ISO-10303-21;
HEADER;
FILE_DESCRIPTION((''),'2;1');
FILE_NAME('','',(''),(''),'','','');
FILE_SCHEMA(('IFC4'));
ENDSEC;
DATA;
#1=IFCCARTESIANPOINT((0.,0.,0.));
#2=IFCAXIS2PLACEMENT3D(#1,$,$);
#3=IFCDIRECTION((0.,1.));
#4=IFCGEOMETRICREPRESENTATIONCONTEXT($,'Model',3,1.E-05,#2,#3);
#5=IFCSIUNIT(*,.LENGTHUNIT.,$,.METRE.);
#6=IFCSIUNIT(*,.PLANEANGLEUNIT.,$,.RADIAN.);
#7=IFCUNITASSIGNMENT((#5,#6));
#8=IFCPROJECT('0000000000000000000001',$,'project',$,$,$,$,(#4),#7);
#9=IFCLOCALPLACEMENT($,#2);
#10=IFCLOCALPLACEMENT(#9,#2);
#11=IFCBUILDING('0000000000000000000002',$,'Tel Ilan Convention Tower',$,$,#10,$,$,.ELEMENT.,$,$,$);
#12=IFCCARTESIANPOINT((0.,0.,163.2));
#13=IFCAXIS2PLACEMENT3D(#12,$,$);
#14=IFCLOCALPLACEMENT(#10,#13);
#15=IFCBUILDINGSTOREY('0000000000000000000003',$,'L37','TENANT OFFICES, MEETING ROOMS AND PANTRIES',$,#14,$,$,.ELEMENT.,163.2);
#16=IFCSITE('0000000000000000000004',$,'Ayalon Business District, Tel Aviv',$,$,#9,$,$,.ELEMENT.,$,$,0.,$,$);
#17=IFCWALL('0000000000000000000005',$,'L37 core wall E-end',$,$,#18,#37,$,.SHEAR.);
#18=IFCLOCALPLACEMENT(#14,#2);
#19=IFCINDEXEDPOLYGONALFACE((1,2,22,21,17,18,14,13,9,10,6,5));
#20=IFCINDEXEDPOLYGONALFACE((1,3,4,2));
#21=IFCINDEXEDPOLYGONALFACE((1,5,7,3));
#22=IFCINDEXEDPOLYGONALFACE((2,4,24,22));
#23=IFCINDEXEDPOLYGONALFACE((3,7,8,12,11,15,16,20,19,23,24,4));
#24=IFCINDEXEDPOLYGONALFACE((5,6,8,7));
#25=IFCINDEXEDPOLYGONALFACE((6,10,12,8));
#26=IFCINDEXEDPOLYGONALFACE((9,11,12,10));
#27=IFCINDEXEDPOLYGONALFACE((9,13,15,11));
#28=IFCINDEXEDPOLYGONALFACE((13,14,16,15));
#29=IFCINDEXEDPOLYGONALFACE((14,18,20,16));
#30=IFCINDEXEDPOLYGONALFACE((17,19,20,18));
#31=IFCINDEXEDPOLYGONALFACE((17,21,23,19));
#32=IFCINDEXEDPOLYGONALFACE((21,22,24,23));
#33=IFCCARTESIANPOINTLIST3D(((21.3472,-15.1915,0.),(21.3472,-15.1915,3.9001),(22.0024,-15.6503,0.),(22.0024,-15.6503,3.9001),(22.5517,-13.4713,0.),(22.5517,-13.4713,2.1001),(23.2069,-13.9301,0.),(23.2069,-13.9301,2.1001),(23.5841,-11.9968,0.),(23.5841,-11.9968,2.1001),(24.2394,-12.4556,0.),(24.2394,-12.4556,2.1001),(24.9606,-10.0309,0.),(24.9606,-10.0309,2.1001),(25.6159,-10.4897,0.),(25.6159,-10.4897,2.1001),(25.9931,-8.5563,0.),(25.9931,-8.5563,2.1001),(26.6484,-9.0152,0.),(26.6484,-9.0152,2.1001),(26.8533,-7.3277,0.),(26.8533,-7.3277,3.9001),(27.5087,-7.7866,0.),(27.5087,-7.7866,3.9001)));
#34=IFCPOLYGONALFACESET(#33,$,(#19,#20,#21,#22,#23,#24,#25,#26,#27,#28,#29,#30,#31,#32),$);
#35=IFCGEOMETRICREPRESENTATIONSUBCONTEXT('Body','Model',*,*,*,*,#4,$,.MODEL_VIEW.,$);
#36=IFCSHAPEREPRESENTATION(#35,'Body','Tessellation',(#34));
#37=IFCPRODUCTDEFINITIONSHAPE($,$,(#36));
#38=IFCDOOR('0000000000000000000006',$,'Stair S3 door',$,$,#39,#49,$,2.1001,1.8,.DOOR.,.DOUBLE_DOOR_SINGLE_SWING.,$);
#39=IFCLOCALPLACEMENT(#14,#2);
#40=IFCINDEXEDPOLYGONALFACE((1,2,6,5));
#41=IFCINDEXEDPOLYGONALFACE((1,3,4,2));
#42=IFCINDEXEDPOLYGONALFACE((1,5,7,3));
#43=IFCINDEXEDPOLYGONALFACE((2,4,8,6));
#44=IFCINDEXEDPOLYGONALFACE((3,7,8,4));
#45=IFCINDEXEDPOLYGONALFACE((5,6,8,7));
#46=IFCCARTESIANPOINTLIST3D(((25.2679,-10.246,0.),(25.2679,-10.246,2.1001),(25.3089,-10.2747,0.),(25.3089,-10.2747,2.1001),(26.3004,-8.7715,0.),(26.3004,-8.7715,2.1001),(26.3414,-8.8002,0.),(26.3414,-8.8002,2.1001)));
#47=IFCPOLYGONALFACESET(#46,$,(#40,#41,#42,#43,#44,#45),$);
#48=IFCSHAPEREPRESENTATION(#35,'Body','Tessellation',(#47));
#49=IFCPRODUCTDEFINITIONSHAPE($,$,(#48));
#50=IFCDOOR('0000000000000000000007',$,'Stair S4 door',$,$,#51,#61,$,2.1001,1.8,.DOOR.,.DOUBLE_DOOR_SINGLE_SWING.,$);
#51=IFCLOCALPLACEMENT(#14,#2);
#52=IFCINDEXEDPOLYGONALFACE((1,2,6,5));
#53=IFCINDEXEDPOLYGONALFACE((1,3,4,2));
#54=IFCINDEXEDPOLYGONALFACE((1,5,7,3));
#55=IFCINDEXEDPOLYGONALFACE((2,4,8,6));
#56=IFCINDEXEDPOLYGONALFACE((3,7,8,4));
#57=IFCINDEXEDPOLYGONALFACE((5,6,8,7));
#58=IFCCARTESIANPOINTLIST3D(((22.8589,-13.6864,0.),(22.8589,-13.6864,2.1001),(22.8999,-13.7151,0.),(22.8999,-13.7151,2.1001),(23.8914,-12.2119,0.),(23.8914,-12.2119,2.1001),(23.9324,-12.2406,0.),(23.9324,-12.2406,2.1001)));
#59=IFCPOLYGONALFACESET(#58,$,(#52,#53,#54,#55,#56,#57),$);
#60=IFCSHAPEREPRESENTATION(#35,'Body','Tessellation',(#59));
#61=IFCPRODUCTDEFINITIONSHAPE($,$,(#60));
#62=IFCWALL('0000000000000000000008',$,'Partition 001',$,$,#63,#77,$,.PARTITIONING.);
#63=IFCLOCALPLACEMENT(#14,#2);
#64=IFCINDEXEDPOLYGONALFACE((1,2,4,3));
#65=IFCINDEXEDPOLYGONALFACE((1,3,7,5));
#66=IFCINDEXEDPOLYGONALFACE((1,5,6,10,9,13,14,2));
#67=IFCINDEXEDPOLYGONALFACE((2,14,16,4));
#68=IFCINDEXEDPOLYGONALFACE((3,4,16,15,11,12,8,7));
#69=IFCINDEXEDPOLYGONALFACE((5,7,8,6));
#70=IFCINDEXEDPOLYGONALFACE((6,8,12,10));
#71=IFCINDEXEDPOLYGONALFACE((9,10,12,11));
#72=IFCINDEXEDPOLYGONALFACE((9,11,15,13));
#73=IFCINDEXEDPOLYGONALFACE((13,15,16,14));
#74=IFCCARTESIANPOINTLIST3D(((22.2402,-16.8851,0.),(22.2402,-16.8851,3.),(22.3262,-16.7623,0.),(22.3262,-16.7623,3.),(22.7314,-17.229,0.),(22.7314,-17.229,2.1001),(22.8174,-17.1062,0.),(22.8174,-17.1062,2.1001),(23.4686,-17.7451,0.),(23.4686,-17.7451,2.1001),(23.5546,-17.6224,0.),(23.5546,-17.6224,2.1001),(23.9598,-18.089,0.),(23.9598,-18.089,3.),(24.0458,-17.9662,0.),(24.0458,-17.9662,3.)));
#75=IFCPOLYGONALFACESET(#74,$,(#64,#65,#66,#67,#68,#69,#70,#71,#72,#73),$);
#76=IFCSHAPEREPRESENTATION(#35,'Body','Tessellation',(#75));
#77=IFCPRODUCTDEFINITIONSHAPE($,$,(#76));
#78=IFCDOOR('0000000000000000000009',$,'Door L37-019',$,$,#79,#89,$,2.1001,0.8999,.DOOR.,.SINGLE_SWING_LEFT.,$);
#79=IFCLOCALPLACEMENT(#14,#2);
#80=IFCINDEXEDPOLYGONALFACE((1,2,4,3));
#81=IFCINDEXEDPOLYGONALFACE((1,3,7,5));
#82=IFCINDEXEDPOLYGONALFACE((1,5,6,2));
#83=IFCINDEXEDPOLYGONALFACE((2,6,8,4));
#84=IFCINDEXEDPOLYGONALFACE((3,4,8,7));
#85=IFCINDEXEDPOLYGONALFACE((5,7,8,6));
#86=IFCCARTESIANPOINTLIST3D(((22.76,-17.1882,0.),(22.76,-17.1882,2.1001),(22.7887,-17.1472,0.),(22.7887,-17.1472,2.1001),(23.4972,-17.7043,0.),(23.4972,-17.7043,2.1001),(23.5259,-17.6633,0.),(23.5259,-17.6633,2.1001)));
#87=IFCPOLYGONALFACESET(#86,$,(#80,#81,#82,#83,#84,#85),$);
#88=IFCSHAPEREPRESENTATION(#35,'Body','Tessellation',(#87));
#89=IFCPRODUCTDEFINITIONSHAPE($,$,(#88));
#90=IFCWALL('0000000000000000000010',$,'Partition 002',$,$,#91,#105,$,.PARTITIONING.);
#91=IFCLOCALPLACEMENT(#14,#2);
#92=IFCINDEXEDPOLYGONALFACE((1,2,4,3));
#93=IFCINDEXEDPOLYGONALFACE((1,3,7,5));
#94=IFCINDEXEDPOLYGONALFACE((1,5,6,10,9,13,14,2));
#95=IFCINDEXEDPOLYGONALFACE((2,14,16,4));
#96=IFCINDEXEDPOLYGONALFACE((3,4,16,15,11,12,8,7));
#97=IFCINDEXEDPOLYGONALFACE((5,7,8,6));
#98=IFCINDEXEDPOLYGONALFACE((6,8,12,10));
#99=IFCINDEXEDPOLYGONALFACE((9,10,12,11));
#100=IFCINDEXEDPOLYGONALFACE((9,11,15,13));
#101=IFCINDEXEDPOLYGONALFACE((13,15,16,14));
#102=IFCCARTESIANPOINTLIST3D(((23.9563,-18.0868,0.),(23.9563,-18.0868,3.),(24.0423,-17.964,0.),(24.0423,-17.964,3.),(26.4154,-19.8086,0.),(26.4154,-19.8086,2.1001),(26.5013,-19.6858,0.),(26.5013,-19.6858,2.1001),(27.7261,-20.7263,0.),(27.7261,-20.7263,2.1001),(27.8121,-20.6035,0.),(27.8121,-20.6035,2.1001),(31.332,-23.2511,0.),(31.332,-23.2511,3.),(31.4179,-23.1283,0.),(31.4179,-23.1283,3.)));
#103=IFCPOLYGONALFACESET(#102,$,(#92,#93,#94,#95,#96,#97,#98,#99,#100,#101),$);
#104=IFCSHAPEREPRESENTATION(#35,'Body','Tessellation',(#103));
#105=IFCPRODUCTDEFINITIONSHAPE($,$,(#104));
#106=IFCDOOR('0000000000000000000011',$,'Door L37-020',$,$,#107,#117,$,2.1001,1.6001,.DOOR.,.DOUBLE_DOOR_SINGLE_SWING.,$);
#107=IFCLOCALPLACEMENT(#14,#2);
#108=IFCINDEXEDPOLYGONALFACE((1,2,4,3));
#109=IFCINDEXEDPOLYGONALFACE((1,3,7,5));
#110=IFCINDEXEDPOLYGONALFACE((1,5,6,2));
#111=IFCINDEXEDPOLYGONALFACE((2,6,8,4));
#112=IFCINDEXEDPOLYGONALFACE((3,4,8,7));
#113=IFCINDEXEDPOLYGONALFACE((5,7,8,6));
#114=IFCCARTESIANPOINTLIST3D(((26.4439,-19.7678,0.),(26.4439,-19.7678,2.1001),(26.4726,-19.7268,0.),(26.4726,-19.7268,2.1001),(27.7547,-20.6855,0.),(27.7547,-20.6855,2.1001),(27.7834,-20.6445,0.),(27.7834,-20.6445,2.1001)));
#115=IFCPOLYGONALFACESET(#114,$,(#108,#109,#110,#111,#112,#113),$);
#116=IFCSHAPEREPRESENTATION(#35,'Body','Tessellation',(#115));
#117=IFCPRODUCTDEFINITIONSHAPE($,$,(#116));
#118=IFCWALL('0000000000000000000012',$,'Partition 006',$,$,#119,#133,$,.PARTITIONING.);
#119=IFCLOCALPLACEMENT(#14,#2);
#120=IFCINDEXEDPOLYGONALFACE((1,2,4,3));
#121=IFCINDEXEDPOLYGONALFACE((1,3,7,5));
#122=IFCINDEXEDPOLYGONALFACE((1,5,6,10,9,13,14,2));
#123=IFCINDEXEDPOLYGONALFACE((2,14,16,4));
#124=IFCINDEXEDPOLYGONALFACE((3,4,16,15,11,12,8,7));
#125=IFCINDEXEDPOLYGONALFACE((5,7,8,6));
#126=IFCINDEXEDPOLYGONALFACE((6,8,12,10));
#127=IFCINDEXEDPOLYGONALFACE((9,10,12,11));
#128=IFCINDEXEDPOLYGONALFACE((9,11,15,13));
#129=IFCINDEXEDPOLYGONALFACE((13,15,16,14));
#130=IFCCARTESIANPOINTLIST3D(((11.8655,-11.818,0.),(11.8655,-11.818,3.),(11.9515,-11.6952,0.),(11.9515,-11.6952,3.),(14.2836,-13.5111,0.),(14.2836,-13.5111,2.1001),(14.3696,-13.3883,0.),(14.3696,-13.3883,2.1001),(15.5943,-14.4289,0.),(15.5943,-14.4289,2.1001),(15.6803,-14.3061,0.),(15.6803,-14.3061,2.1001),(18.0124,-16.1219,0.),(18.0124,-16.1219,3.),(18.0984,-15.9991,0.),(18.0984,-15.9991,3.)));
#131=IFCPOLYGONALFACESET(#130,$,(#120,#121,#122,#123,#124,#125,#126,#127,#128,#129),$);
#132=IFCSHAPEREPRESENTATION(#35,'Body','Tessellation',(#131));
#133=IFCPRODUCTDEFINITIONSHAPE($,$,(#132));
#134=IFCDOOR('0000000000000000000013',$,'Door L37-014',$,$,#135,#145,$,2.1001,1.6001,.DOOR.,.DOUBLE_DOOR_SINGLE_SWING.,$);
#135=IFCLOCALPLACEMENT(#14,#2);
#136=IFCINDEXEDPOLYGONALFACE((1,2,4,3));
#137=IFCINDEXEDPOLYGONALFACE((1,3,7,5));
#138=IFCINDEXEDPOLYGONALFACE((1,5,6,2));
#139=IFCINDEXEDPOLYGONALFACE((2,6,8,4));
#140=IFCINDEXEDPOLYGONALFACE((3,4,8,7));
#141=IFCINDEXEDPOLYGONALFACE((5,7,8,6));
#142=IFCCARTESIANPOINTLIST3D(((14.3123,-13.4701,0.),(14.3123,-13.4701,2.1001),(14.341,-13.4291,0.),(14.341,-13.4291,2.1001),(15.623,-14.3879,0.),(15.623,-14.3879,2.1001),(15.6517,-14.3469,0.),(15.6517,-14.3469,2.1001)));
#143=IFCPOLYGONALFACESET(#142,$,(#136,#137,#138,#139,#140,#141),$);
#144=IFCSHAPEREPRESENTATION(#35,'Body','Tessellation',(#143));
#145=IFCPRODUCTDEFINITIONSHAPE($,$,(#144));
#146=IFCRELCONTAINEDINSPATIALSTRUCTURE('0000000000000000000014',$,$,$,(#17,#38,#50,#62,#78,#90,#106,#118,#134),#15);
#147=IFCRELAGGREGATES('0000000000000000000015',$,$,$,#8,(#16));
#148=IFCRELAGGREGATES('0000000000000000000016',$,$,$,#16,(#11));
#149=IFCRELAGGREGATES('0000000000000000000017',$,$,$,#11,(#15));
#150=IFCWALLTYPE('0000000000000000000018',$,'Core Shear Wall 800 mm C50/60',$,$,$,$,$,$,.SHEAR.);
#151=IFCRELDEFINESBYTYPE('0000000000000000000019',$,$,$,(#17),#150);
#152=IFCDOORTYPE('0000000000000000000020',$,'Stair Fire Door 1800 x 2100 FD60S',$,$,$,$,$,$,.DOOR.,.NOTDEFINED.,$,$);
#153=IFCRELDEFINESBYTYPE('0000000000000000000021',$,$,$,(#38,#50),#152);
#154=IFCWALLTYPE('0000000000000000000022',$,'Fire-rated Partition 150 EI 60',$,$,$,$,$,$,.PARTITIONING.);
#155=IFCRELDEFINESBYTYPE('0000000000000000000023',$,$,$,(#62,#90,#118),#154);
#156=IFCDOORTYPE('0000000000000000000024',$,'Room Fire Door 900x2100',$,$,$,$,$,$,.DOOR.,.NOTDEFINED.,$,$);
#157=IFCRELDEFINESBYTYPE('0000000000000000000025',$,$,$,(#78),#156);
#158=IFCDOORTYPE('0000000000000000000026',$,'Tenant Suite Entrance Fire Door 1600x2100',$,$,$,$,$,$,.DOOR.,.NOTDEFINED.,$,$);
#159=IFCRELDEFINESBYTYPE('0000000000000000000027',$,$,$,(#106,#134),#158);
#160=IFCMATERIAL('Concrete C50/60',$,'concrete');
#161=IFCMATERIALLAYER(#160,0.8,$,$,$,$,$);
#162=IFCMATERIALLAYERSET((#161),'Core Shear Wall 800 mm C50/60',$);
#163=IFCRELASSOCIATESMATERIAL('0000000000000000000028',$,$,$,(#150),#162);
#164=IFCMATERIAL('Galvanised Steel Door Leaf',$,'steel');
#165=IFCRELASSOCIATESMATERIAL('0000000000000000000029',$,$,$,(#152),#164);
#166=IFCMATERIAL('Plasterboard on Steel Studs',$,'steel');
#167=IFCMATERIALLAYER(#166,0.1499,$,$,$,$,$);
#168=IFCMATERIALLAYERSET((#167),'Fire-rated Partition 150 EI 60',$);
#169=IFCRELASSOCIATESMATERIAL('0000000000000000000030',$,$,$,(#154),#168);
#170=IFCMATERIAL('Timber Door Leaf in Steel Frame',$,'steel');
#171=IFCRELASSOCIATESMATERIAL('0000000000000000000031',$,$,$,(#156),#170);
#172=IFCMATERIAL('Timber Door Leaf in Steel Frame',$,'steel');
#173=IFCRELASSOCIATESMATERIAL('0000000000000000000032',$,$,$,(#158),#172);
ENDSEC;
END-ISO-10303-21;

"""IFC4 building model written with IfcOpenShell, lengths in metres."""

from ifc_helpers import new_model, si_unit, direction, frame, frame_2d, origin, place, context, subcontext, project, spatial, polyline, rectangle, outline, extrude, material, layer, layer_set, type_object, element, fill, save


model = new_model("IFC4")

# Units and contexts
model_context = context("Model", 3, precision=1e-05, world=origin(), true_north=direction((0.0, 1.0)))
body_context = subcontext(model_context, "Body", "Model", "MODEL_VIEW")
ifc_project = project(units=[si_unit("LENGTHUNIT", "METRE"), si_unit("PLANEANGLEUNIT", "RADIAN")], contexts=[model_context])

# Site, building, storey
site_placement = place(None, origin())
site = spatial("IfcSite", under=ifc_project, at=site_placement, Name="Ayalon Business District, Tel Aviv", CompositionType="ELEMENT", RefElevation=0.0)
building_placement = place(site_placement, origin())
building = spatial("IfcBuilding", under=site, at=building_placement, Name="Tel Ilan Convention Tower", CompositionType="ELEMENT")
storey_placement = place(building_placement, frame((0.0, 0.0, 163.2)))
storey = spatial("IfcBuildingStorey", under=building, at=storey_placement, Name="L37", Description="TENANT OFFICES, MEETING ROOMS AND PANTRIES", CompositionType="ELEMENT", Elevation=163.2)

# Wall, openings, doors
ifc_material_1 = material(Name="Concrete C50/60", Category="concrete")
ifc_layer_1 = layer(ifc_material_1, 0.8)
ifc_layer_set_1 = layer_set([ifc_layer_1], Name="Core Shear Wall 800 mm C50/60")
wall_type_1 = type_object("IfcWallType", Name="Core Shear Wall 800 mm C50/60", PredefinedType="SHEAR", material=ifc_layer_set_1)
wall_1_placement = place(storey_placement, frame((21.6748, -15.4209, 0.0), z_axis=(0.0, 0.0, 1.0), x_axis=(0.573582, 0.819148, 0.0)))
wall_1 = element("IfcWall", 1, at=wall_1_placement, inside=storey, type_object=wall_type_1, Name="L37 core wall E-end", PredefinedType="SHEAR", context=body_context, shape_type="SweptSolid", body=[
    extrude(outline(polyline([(9.5999, 0.4001), (0.0, 0.3999), (0.0, -0.3999), (9.5999, -0.3999), (9.5999, 0.4001)])), origin(), (0.0, 0.0, 1.0), 3.9001),
])
opening_1_placement = place(wall_1_placement, frame((6.3, 0.0, 0.0)))
opening_1 = element("IfcOpeningElement", 2, at=opening_1_placement, cuts=wall_1, PredefinedType="OPENING", context=body_context, shape_type="SweptSolid", body=[
    extrude(rectangle(XDim=1.8, YDim=2.1001, at=frame_2d((0.8999, 1.05))), frame((0.0, 0.4099, 0.0), z_axis=(0.0, -1.0, 0.0), x_axis=(1.0, 0.0, 0.0)), (0.0, 0.0, 1.0), 0.8201),
])
opening_2_placement = place(wall_1_placement, frame((2.1001, 0.0, 0.0)))
opening_2 = element("IfcOpeningElement", 3, at=opening_2_placement, cuts=wall_1, PredefinedType="OPENING", context=body_context, shape_type="SweptSolid", body=[
    extrude(rectangle(XDim=1.8, YDim=2.1001, at=frame_2d((0.8999, 1.05))), frame((0.0, 0.4099, 0.0), z_axis=(0.0, -1.0, 0.0), x_axis=(1.0, 0.0, 0.0)), (0.0, 0.0, 1.0), 0.8201),
])
ifc_material_2 = material(Name="Galvanised Steel Door Leaf", Category="steel")
door_type_1 = type_object("IfcDoorType", Name="Stair Fire Door 1800 x 2100 FD60S", OperationType="NOTDEFINED", PredefinedType="DOOR", material=ifc_material_2)
door_1_placement = place(opening_1_placement, origin())
door_1 = element("IfcDoor", 4, at=door_1_placement, inside=storey, type_object=door_type_1, Name="Stair S3 door", OperationType="DOUBLE_DOOR_SINGLE_SWING", OverallHeight=2.1001, OverallWidth=1.8, PredefinedType="DOOR", context=body_context, shape_type="SweptSolid", body=[
    extrude(rectangle(XDim=1.8, YDim=2.1001, at=frame_2d((0.8999, 1.05))), frame((0.0, 0.0249, 0.0), z_axis=(0.0, -1.0, 0.0), x_axis=(1.0, 0.0, 0.0)), (0.0, 0.0, 1.0), 0.05),
])
fill(opening_1, door_1)
door_2_placement = place(opening_2_placement, origin())
door_2 = element("IfcDoor", 5, at=door_2_placement, inside=storey, type_object=door_type_1, Name="Stair S4 door", OperationType="DOUBLE_DOOR_SINGLE_SWING", OverallHeight=2.1001, OverallWidth=1.8, PredefinedType="DOOR", context=body_context, shape_type="SweptSolid", body=[
    extrude(rectangle(XDim=1.8, YDim=2.1001, at=frame_2d((0.8999, 1.05))), frame((0.0, 0.0249, 0.0), z_axis=(0.0, -1.0, 0.0), x_axis=(1.0, 0.0, 0.0)), (0.0, 0.0, 1.0), 0.05),
])
fill(opening_2, door_2)

# Walls, openings, doors
ifc_material_3 = material(Name="Plasterboard on Steel Studs", Category="steel")
ifc_layer_2 = layer(ifc_material_3, 0.1499)
ifc_layer_set_2 = layer_set([ifc_layer_2], Name="Fire-rated Partition 150 EI 60")
wall_type_2 = type_object("IfcWallType", Name="Fire-rated Partition 150 EI 60", PredefinedType="PARTITIONING", material=ifc_layer_set_2)
wall_2_placement = place(storey_placement, frame((22.2832, -16.8237, 0.0), z_axis=(0.0, 0.0, 1.0), x_axis=(0.819183, -0.573533, 0.0)))
wall_2 = element("IfcWall", 6, at=wall_2_placement, inside=storey, type_object=wall_type_2, Name="Partition 001", PredefinedType="PARTITIONING", context=body_context, shape_type="SweptSolid", body=[
    extrude(rectangle(XDim=2.0991, YDim=0.1499, at=frame_2d((1.0496, 0.0))), origin(), (0.0, 0.0, 1.0), 3.0),
])
opening_3_placement = place(wall_2_placement, frame((0.5996, 0.0, 0.0)))
opening_3 = element("IfcOpeningElement", 7, at=opening_3_placement, cuts=wall_2, PredefinedType="OPENING", context=body_context, shape_type="SweptSolid", body=[
    extrude(rectangle(XDim=0.8999, YDim=2.1001, at=frame_2d((0.45, 1.05))), frame((0.0, 0.085, 0.0), z_axis=(0.0, -1.0, 0.0), x_axis=(1.0, 0.0, 0.0)), (0.0, 0.0, 1.0), 0.1699),
])
ifc_material_4 = material(Name="Timber Door Leaf in Steel Frame", Category="steel")
door_type_2 = type_object("IfcDoorType", Name="Room Fire Door 900x2100", OperationType="NOTDEFINED", PredefinedType="DOOR", material=ifc_material_4)
door_3_placement = place(opening_3_placement, origin())
door_3 = element("IfcDoor", 8, at=door_3_placement, inside=storey, type_object=door_type_2, Name="Door L37-019", OperationType="SINGLE_SWING_LEFT", OverallHeight=2.1001, OverallWidth=0.8999, PredefinedType="DOOR", context=body_context, shape_type="SweptSolid", body=[
    extrude(rectangle(XDim=0.8999, YDim=2.1001, at=frame_2d((0.45, 1.05))), frame((0.0, 0.0249, 0.0), z_axis=(0.0, -1.0, 0.0), x_axis=(1.0, 0.0, 0.0)), (0.0, 0.0, 1.0), 0.05),
])
fill(opening_3, door_3)
wall_3_placement = place(storey_placement, frame((23.9993, -18.0254, 0.0), z_axis=(0.0, 0.0, 1.0), x_axis=(0.819164, -0.573559, 0.0)))
wall_3 = element("IfcWall", 9, at=wall_3_placement, inside=storey, type_object=wall_type_2, Name="Partition 002", PredefinedType="PARTITIONING", context=body_context, shape_type="SweptSolid", body=[
    extrude(rectangle(XDim=9.0039, YDim=0.1499, at=frame_2d((4.502, 0.0))), origin(), (0.0, 0.0, 1.0), 3.0),
])
opening_4_placement = place(wall_3_placement, frame((3.002, 0.0, 0.0)))
opening_4 = element("IfcOpeningElement", 10, at=opening_4_placement, cuts=wall_3, PredefinedType="OPENING", context=body_context, shape_type="SweptSolid", body=[
    extrude(rectangle(XDim=1.6001, YDim=2.1001, at=frame_2d((0.8, 1.05))), frame((0.0, 0.085, 0.0), z_axis=(0.0, -1.0, 0.0), x_axis=(1.0, 0.0, 0.0)), (0.0, 0.0, 1.0), 0.1699),
])
ifc_material_5 = material(Name="Timber Door Leaf in Steel Frame", Category="steel")
door_type_3 = type_object("IfcDoorType", Name="Tenant Suite Entrance Fire Door 1600x2100", OperationType="NOTDEFINED", PredefinedType="DOOR", material=ifc_material_5)
door_4_placement = place(opening_4_placement, origin())
door_4 = element("IfcDoor", 11, at=door_4_placement, inside=storey, type_object=door_type_3, Name="Door L37-020", OperationType="DOUBLE_DOOR_SINGLE_SWING", OverallHeight=2.1001, OverallWidth=1.6001, PredefinedType="DOOR", context=body_context, shape_type="SweptSolid", body=[
    extrude(rectangle(XDim=1.6001, YDim=2.1001, at=frame_2d((0.8, 1.05))), frame((0.0, 0.0249, 0.0), z_axis=(0.0, -1.0, 0.0), x_axis=(1.0, 0.0, 0.0)), (0.0, 0.0, 1.0), 0.05),
])
fill(opening_4, door_4)
wall_4_placement = place(storey_placement, frame((18.0554, -16.0605, 0.0), z_axis=(0.0, 0.0, 1.0), x_axis=(-0.819165, 0.573558, 0.0)))
wall_4 = element("IfcWall", 12, at=wall_4_placement, inside=storey, type_object=wall_type_2, Name="Partition 006", PredefinedType="PARTITIONING", context=body_context, shape_type="SweptSolid", body=[
    extrude(rectangle(XDim=7.5039, YDim=0.1499, at=frame_2d((3.752, 0.0))), origin(), (0.0, 0.0, 1.0), 3.0),
])
opening_5_placement = place(wall_4_placement, frame((2.9519, 0.0, 0.0)))
opening_5 = element("IfcOpeningElement", 13, at=opening_5_placement, cuts=wall_4, PredefinedType="OPENING", context=body_context, shape_type="SweptSolid", body=[
    extrude(rectangle(XDim=1.6001, YDim=2.1001, at=frame_2d((0.8, 1.05))), frame((0.0, 0.085, 0.0), z_axis=(0.0, -1.0, 0.0), x_axis=(1.0, 0.0, 0.0)), (0.0, 0.0, 1.0), 0.1699),
])
door_5_placement = place(opening_5_placement, origin())
door_5 = element("IfcDoor", 14, at=door_5_placement, inside=storey, type_object=door_type_3, Name="Door L37-014", OperationType="DOUBLE_DOOR_SINGLE_SWING", OverallHeight=2.1001, OverallWidth=1.6001, PredefinedType="DOOR", context=body_context, shape_type="SweptSolid", body=[
    extrude(rectangle(XDim=1.6001, YDim=2.1001, at=frame_2d((0.8, 1.05))), frame((0.0, 0.0249, 0.0), z_axis=(0.0, -1.0, 0.0), x_axis=(1.0, 0.0, 0.0)), (0.0, 0.0, 1.0), 0.05),
])
fill(opening_5, door_5)

save(model, "model.ifc")
